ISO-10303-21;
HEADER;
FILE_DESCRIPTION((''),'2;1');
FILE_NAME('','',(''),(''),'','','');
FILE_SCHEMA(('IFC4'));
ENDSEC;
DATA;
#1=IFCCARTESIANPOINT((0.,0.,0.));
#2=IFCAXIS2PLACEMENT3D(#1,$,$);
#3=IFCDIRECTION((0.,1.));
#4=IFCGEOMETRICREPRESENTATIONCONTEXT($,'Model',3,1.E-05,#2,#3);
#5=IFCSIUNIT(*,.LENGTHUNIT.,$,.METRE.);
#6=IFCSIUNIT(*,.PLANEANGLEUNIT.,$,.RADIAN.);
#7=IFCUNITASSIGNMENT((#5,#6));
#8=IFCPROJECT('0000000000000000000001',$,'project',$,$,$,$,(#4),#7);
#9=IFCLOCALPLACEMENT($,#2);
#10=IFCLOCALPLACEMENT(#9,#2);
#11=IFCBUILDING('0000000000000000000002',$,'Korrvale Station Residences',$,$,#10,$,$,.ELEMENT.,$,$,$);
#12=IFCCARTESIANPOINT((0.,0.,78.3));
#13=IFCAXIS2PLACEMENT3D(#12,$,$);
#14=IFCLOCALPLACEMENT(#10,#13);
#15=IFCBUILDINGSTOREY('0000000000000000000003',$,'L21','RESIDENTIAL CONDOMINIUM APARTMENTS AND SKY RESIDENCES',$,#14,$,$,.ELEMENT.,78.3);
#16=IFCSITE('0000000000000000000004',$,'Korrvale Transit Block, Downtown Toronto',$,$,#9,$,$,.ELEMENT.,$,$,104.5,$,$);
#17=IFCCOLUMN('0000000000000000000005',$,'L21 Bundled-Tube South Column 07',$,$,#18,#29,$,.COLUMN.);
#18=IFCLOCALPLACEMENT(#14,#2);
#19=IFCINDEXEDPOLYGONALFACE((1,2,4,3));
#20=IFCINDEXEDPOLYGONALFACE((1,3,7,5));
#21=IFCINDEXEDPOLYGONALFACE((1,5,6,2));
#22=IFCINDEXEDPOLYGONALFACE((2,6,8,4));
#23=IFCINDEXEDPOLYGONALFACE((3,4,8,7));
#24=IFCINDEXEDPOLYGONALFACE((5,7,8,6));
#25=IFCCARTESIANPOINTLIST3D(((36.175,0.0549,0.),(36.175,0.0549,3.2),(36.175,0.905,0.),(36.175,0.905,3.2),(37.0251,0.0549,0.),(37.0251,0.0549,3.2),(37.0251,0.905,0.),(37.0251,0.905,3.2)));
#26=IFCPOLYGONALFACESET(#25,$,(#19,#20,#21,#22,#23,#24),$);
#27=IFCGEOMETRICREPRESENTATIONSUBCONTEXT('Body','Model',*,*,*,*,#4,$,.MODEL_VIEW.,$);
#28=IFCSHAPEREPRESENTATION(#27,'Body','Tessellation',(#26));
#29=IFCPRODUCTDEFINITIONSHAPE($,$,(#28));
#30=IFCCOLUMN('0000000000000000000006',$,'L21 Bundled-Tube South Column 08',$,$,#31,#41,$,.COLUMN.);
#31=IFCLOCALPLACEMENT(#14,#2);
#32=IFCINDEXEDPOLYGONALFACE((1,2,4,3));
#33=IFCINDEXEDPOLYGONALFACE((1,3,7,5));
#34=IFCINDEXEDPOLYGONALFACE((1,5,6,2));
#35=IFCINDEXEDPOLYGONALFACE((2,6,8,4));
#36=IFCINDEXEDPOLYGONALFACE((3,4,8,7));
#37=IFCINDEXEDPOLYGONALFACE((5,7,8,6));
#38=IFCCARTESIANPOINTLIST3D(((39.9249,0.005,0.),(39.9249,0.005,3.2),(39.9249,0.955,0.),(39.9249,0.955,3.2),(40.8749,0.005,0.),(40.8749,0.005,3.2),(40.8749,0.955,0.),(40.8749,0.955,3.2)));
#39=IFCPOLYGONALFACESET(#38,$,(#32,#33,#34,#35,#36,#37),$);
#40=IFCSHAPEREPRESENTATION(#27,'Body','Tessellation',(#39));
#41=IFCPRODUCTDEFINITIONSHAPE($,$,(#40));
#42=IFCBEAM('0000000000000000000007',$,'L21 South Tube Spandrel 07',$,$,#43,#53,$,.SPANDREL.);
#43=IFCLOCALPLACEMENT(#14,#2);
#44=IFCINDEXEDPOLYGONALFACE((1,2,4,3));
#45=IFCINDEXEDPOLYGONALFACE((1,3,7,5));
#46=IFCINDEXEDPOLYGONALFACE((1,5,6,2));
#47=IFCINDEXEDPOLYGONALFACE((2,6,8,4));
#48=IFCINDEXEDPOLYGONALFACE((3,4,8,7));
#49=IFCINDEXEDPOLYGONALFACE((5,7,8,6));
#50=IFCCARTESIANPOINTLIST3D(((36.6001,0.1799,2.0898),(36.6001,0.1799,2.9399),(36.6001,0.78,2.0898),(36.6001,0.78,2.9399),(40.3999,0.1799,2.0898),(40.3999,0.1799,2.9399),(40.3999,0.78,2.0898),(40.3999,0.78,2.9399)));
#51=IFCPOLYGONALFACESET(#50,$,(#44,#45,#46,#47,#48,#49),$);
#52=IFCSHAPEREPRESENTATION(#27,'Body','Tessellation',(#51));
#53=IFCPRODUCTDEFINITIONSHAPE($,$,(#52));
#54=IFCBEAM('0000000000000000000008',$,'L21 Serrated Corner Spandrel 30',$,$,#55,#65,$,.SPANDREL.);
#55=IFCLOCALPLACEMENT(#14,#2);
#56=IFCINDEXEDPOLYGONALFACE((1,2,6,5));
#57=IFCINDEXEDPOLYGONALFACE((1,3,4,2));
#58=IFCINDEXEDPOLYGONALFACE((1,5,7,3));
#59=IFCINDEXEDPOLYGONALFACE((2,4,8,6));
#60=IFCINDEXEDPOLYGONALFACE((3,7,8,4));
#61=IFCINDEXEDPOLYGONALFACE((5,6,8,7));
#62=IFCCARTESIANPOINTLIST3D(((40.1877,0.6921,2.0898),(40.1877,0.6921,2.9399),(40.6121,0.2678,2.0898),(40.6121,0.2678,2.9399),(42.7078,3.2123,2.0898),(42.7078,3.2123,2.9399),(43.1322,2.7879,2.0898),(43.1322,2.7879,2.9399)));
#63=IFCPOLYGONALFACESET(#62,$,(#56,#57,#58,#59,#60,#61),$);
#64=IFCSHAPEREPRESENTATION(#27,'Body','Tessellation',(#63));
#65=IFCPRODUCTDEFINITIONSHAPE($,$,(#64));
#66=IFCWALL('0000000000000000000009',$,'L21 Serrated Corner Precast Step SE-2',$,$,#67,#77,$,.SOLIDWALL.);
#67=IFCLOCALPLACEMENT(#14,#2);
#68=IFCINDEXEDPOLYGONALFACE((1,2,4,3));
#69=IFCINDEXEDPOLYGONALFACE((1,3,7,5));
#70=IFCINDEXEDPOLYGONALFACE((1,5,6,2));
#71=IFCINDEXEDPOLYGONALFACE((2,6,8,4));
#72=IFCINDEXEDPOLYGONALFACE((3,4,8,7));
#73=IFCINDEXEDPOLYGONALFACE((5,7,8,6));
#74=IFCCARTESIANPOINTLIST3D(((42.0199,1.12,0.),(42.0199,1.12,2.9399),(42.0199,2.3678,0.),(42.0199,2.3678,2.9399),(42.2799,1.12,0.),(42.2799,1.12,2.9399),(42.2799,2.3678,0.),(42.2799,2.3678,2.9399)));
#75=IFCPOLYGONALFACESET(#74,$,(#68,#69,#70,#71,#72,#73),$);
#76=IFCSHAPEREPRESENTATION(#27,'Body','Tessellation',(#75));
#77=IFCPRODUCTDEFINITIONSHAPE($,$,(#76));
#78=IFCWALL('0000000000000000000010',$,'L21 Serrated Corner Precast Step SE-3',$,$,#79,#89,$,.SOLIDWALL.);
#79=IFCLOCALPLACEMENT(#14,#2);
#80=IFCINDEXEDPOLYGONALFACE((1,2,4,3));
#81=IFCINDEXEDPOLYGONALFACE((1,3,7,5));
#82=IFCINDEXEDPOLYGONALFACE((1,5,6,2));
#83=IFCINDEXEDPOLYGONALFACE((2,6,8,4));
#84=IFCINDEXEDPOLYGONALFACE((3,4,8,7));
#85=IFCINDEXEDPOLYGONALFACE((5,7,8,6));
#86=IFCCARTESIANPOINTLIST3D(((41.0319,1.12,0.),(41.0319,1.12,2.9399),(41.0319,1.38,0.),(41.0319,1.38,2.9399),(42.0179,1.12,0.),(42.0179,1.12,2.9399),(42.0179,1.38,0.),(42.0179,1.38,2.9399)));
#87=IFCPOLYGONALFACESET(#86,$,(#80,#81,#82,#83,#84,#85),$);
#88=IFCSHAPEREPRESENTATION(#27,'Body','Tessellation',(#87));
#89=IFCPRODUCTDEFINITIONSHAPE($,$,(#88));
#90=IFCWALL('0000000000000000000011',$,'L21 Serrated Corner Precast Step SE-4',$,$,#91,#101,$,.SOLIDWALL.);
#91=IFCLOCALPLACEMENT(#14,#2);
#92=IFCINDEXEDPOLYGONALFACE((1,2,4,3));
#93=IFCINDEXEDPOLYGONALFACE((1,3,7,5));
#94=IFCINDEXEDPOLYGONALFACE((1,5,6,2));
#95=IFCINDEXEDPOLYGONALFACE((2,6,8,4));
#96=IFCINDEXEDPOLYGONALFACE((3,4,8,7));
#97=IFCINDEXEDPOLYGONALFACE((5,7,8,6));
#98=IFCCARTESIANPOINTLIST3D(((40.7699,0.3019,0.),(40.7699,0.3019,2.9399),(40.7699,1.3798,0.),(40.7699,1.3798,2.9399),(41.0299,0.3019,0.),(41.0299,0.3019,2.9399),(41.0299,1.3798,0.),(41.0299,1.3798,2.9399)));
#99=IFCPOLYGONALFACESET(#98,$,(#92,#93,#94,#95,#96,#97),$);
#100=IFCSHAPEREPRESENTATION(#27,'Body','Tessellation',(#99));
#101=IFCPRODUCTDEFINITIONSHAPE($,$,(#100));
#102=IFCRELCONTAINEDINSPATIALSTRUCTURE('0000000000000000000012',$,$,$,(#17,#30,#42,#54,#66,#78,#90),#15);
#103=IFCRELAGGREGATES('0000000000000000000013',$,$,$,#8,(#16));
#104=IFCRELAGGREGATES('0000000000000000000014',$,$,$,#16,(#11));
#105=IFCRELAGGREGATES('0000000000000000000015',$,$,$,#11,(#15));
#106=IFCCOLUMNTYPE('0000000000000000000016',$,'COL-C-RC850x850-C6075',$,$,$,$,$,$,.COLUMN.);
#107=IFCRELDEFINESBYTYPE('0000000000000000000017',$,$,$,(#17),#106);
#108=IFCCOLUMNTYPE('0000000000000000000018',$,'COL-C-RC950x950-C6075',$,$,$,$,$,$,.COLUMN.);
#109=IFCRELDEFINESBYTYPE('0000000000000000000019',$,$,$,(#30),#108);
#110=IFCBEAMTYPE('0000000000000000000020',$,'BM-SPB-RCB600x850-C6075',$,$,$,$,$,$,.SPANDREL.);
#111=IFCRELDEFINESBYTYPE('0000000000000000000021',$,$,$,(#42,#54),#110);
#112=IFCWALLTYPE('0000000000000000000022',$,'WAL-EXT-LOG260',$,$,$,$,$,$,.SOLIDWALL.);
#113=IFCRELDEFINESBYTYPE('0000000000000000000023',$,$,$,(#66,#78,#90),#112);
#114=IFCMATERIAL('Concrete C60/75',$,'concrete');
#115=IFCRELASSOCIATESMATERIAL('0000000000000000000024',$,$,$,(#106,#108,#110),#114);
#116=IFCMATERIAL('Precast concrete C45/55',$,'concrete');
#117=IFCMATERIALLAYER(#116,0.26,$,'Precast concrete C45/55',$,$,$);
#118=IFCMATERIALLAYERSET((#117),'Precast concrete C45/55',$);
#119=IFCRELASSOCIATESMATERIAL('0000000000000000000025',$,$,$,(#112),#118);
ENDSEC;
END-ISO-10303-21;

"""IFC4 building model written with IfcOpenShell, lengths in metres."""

from ifc_helpers import new_model, si_unit, direction, frame, frame_2d, origin, origin_2d, place, context, subcontext, project, spatial, rectangle, extrude, material, layer, layer_set, material_profile, profile_set, type_object, element, save


model = new_model("IFC4")

# Units and contexts
model_context = context("Model", 3, precision=1e-05, world=origin(), true_north=direction((0.0, 1.0)))
body_context = subcontext(model_context, "Body", "Model", "MODEL_VIEW")
ifc_project = project(units=[si_unit("LENGTHUNIT", "METRE"), si_unit("PLANEANGLEUNIT", "RADIAN")], contexts=[model_context])

# Site, building, storey
site_placement = place(None, origin())
site = spatial("IfcSite", under=ifc_project, at=site_placement, Name="Korrvale Transit Block, Downtown Toronto", CompositionType="ELEMENT", RefElevation=104.5)
building_placement = place(site_placement, origin())
building = spatial("IfcBuilding", under=site, at=building_placement, Name="Korrvale Station Residences", CompositionType="ELEMENT")
storey_placement = place(building_placement, frame((0.0, 0.0, 78.3)))
storey = spatial("IfcBuildingStorey", under=building, at=storey_placement, Name="L21", Description="RESIDENTIAL CONDOMINIUM APARTMENTS AND SKY RESIDENCES", CompositionType="ELEMENT", Elevation=78.3)

# Columns
ifc_material_1 = material(Name="Concrete C60/75", Category="concrete")
ifc_material_profile_1 = material_profile(ifc_material_1, rectangle(XDim=0.8501, YDim=0.8501, at=origin_2d()), Name="RC850x850")
ifc_profile_set_1 = profile_set([ifc_material_profile_1], Name="Concrete C60/75")
column_type_1 = type_object("IfcColumnType", Name="COL-C-RC850x850-C6075", PredefinedType="COLUMN", material=ifc_profile_set_1)
column_1_placement = place(storey_placement, frame((36.6001, 0.48, 0.0), z_axis=(0.0, 0.0, 1.0), x_axis=(1.0, 0.0, 0.0)))
element("IfcColumn", 1, at=column_1_placement, inside=storey, type_object=column_type_1, Name="L21 Bundled-Tube South Column 07", PredefinedType="COLUMN", context=body_context, shape_type="SweptSolid", body=[
    extrude(rectangle(XDim=0.8501, YDim=0.8501, at=origin_2d()), origin(), (0.0, 0.0, 1.0), 3.2),
])
ifc_material_profile_2 = material_profile(ifc_material_1, rectangle(XDim=0.95, YDim=0.95, at=origin_2d()), Name="RC950x950")
ifc_profile_set_2 = profile_set([ifc_material_profile_2], Name="Concrete C60/75")
column_type_2 = type_object("IfcColumnType", Name="COL-C-RC950x950-C6075", PredefinedType="COLUMN", material=ifc_profile_set_2)
column_2_placement = place(storey_placement, frame((40.3999, 0.48, 0.0), z_axis=(0.0, 0.0, 1.0), x_axis=(1.0, 0.0, 0.0)))
element("IfcColumn", 2, at=column_2_placement, inside=storey, type_object=column_type_2, Name="L21 Bundled-Tube South Column 08", PredefinedType="COLUMN", context=body_context, shape_type="SweptSolid", body=[
    extrude(rectangle(XDim=0.95, YDim=0.95, at=origin_2d()), origin(), (0.0, 0.0, 1.0), 3.2),
])

# Beams
ifc_material_profile_3 = material_profile(ifc_material_1, rectangle(XDim=0.6001, YDim=0.8501, at=origin_2d()), Name="RCB600x850")
ifc_profile_set_3 = profile_set([ifc_material_profile_3], Name="Concrete C60/75")
beam_type = type_object("IfcBeamType", Name="BM-SPB-RCB600x850-C6075", PredefinedType="SPANDREL", material=ifc_profile_set_3)
beam_1_placement = place(storey_placement, frame((36.6001, 0.48, 2.5149), z_axis=(1.0, 0.0, 0.0), x_axis=(0.0, 1.0, 0.0)))
element("IfcBeam", 3, at=beam_1_placement, inside=storey, type_object=beam_type, Name="L21 South Tube Spandrel 07", PredefinedType="SPANDREL", context=body_context, shape_type="SweptSolid", body=[
    extrude(rectangle(XDim=0.6001, YDim=0.8501, at=origin_2d()), origin(), (0.0, 0.0, 1.0), 3.7998),
])
beam_2_placement = place(storey_placement, frame((40.3999, 0.48, 2.5149), z_axis=(0.707107, 0.707107, 0.0), x_axis=(-0.707107, 0.707107, 0.0)))
element("IfcBeam", 4, at=beam_2_placement, inside=storey, type_object=beam_type, Name="L21 Serrated Corner Spandrel 30", PredefinedType="SPANDREL", context=body_context, shape_type="SweptSolid", body=[
    extrude(rectangle(XDim=0.6001, YDim=0.8501, at=origin_2d()), origin(), (0.0, 0.0, 1.0), 3.564),
])

# Walls
ifc_material_2 = material(Name="Precast concrete C45/55", Category="concrete")
ifc_layer_1 = layer(ifc_material_2, 0.26, Name="Precast concrete C45/55")
ifc_layer_set_1 = layer_set([ifc_layer_1], Name="Precast concrete C45/55")
wall_type_1 = type_object("IfcWallType", Name="WAL-EXT-LOG260", PredefinedType="SOLIDWALL", material=ifc_layer_set_1)
wall_1_placement = place(storey_placement, frame((42.1499, 2.3679, 0.0), z_axis=(0.0, 0.0, 1.0), x_axis=(0.0, -1.0, 0.0)))
element("IfcWall", 5, at=wall_1_placement, inside=storey, type_object=wall_type_1, Name="L21 Serrated Corner Precast Step SE-2", PredefinedType="SOLIDWALL", context=body_context, shape_type="SweptSolid", body=[
    extrude(rectangle(XDim=1.2478, YDim=0.26, at=frame_2d((0.624, 0.0))), origin(), (0.0, 0.0, 1.0), 2.9399),
])
wall_2_placement = place(storey_placement, frame((42.0181, 1.25, 0.0), z_axis=(0.0, 0.0, 1.0), x_axis=(-1.0, 0.0, 0.0)))
element("IfcWall", 6, at=wall_2_placement, inside=storey, type_object=wall_type_1, Name="L21 Serrated Corner Precast Step SE-3", PredefinedType="SOLIDWALL", context=body_context, shape_type="SweptSolid", body=[
    extrude(rectangle(XDim=0.9861, YDim=0.26, at=frame_2d((0.4932, 0.0))), origin(), (0.0, 0.0, 1.0), 2.9399),
])
wall_3_placement = place(storey_placement, frame((40.8999, 1.3799, 0.0), z_axis=(0.0, 0.0, 1.0), x_axis=(0.0, -1.0, 0.0)))
element("IfcWall", 7, at=wall_3_placement, inside=storey, type_object=wall_type_1, Name="L21 Serrated Corner Precast Step SE-4", PredefinedType="SOLIDWALL", context=body_context, shape_type="SweptSolid", body=[
    extrude(rectangle(XDim=1.0779, YDim=0.26, at=frame_2d((0.5391, 0.0))), origin(), (0.0, 0.0, 1.0), 2.9399),
])

save(model, "model.ifc")
